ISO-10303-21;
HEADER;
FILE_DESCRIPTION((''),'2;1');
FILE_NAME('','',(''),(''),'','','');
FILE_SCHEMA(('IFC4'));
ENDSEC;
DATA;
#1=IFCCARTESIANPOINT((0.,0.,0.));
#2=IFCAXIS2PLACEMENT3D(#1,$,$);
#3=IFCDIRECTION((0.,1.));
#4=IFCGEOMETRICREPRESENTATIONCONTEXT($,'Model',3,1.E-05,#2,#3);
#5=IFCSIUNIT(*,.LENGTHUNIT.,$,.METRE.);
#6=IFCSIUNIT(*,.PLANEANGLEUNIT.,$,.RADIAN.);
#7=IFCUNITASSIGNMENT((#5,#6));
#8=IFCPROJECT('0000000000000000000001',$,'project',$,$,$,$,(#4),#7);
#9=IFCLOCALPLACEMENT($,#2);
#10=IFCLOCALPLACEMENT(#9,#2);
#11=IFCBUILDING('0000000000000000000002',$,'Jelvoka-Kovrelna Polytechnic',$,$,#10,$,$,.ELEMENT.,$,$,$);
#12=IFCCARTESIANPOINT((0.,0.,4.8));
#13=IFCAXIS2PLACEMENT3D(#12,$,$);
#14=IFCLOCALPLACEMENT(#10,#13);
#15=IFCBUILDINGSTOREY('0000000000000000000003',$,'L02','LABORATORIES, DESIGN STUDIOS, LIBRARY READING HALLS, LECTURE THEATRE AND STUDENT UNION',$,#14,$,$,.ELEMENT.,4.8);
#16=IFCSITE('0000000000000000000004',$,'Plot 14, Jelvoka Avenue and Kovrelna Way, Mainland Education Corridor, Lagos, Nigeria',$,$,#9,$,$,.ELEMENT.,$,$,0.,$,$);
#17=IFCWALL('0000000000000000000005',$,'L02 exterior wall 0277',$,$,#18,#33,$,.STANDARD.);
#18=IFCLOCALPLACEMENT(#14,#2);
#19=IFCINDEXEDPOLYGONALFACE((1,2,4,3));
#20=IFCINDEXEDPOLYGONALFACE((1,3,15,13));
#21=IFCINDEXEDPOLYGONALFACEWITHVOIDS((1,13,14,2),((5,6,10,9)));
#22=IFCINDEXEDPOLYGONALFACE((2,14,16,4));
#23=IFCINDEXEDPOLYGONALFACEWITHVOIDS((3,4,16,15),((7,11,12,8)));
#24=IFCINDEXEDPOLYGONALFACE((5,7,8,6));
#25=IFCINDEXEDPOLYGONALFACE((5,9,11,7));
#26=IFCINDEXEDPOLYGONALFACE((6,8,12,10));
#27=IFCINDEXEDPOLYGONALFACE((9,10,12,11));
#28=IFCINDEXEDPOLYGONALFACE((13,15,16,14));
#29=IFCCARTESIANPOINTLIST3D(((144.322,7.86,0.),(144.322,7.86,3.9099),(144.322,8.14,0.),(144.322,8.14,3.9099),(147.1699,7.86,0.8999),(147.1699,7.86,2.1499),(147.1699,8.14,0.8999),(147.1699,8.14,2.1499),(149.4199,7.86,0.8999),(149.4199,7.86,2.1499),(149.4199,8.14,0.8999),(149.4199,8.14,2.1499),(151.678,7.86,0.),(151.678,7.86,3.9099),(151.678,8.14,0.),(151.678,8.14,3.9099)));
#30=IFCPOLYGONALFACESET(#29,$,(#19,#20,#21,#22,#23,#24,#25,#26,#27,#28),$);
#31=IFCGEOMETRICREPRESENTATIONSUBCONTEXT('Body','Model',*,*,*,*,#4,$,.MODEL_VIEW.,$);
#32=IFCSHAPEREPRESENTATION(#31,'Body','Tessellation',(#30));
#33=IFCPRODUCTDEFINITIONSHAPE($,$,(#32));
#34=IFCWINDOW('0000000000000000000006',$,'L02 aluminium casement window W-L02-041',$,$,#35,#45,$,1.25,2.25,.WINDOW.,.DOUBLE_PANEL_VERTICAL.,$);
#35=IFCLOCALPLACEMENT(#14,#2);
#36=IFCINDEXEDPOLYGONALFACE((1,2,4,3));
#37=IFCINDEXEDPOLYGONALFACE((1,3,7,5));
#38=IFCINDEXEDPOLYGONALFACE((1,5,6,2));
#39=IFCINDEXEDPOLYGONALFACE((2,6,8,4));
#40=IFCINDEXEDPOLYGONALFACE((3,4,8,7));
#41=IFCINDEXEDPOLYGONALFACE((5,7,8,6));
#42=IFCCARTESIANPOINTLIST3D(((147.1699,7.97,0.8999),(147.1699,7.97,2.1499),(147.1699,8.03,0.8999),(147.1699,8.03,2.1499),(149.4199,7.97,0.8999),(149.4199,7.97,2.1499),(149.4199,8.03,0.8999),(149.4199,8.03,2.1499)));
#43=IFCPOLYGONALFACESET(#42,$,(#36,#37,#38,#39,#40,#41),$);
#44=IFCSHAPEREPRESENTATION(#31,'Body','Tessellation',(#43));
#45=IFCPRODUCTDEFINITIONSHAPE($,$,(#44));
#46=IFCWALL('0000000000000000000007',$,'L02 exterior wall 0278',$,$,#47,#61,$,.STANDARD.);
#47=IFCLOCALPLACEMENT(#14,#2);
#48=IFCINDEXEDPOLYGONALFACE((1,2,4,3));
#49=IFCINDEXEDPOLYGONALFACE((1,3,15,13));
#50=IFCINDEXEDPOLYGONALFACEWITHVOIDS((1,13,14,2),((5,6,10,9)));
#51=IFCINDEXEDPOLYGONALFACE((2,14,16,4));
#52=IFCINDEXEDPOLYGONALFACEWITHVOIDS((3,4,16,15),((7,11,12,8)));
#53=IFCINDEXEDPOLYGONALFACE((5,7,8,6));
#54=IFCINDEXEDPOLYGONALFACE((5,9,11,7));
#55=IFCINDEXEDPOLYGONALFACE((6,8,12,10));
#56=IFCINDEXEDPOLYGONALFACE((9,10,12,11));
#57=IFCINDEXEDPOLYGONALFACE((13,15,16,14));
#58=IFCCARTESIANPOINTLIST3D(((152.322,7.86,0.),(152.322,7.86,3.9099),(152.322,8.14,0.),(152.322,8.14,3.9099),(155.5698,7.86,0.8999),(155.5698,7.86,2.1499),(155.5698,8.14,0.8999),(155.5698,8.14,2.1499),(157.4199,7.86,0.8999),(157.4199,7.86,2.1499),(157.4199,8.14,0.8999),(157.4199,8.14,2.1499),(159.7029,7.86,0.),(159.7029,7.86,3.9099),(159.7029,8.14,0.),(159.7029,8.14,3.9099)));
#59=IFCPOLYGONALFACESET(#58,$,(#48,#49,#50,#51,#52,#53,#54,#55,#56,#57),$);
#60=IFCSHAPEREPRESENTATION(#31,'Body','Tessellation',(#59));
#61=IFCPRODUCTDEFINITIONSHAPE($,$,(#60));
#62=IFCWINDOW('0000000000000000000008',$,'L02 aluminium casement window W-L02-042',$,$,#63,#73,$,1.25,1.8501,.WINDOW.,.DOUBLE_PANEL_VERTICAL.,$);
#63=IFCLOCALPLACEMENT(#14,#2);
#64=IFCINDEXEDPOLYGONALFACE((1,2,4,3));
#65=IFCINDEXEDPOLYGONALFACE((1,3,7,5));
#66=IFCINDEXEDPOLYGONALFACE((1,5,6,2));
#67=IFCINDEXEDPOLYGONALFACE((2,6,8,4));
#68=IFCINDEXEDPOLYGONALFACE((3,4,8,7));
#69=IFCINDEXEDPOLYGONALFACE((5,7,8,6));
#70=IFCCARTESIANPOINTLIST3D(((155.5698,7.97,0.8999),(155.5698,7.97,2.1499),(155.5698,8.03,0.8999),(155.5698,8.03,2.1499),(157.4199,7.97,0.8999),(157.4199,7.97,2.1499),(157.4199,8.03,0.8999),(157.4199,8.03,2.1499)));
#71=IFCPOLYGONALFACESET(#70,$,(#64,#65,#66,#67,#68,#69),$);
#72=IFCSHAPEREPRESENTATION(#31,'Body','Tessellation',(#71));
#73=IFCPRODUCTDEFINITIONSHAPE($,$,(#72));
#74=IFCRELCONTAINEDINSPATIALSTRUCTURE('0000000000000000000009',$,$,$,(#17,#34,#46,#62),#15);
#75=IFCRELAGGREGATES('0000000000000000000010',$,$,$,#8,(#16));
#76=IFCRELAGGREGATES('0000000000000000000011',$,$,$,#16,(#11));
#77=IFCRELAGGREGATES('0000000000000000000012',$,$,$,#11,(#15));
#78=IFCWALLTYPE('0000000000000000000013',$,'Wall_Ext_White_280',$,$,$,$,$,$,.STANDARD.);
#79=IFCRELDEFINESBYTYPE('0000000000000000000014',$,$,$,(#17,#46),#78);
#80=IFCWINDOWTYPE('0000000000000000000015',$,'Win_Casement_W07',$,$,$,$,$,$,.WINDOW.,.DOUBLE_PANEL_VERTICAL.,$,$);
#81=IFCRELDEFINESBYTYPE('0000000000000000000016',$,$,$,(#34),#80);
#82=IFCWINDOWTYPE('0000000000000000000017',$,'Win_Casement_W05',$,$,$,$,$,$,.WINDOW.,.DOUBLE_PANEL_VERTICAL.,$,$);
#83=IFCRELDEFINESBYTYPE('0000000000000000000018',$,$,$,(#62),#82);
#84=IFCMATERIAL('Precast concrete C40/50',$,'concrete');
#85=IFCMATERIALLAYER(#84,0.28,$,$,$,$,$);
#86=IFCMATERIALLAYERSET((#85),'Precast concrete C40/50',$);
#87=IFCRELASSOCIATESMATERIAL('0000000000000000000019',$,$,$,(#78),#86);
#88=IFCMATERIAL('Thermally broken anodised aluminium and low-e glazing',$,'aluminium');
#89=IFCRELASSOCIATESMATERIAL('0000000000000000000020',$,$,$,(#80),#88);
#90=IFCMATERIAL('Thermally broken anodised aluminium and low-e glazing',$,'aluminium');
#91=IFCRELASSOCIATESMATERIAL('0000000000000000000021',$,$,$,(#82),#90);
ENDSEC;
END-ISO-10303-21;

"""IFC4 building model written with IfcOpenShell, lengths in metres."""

from ifc_helpers import new_model, si_unit, direction, frame, frame_2d, origin, place, context, subcontext, project, spatial, rectangle, extrude, material, layer, layer_set, type_object, element, fill, save


model = new_model("IFC4")

# Units and contexts
model_context = context("Model", 3, precision=1e-05, world=origin(), true_north=direction((0.0, 1.0)))
body_context = subcontext(model_context, "Body", "Model", "MODEL_VIEW")
ifc_project = project(units=[si_unit("LENGTHUNIT", "METRE"), si_unit("PLANEANGLEUNIT", "RADIAN")], contexts=[model_context])

# Site, building, storey
site_placement = place(None, origin())
site = spatial("IfcSite", under=ifc_project, at=site_placement, Name="Plot 14, Jelvoka Avenue and Kovrelna Way, Mainland Education Corridor, Lagos, Nigeria", CompositionType="ELEMENT", RefElevation=0.0)
building_placement = place(site_placement, origin())
building = spatial("IfcBuilding", under=site, at=building_placement, Name="Jelvoka-Kovrelna Polytechnic", CompositionType="ELEMENT")
storey_placement = place(building_placement, frame((0.0, 0.0, 4.8)))
storey = spatial("IfcBuildingStorey", under=building, at=storey_placement, Name="L02", Description="LABORATORIES, DESIGN STUDIOS, LIBRARY READING HALLS, LECTURE THEATRE AND STUDENT UNION", CompositionType="ELEMENT", Elevation=4.8)

# Walls, openings, windows
ifc_material_1 = material(Name="Precast concrete C40/50", Category="concrete")
ifc_layer_1 = layer(ifc_material_1, 0.28)
ifc_layer_set_1 = layer_set([ifc_layer_1], Name="Precast concrete C40/50")
wall_type = type_object("IfcWallType", Name="Wall_Ext_White_280", PredefinedType="STANDARD", material=ifc_layer_set_1)
wall_1_placement = place(storey_placement, frame((151.678, 8.0, 0.0), z_axis=(0.0, 0.0, 1.0), x_axis=(-1.0, 0.0, 0.0)))
wall_1 = element("IfcWall", 1, at=wall_1_placement, inside=storey, type_object=wall_type, Name="L02 exterior wall 0277", PredefinedType="STANDARD", context=body_context, shape_type="SweptSolid", body=[
    extrude(rectangle(XDim=7.356, YDim=0.28, at=frame_2d((3.678, 0.0))), origin(), (0.0, 0.0, 1.0), 3.9099),
])
opening_1_placement = place(wall_1_placement, frame((2.2581, 0.0, 0.8999)))
opening_1 = element("IfcOpeningElement", 2, at=opening_1_placement, cuts=wall_1, PredefinedType="OPENING", context=body_context, shape_type="SweptSolid", body=[
    extrude(rectangle(XDim=2.25, YDim=1.25, at=frame_2d((1.125, 0.625))), frame((0.0, 0.1501, 0.0), z_axis=(0.0, -1.0, 0.0), x_axis=(1.0, 0.0, 0.0)), (0.0, 0.0, 1.0), 0.3),
])
ifc_material_2 = material(Name="Thermally broken anodised aluminium and low-e glazing", Category="aluminium")
window_type_1 = type_object("IfcWindowType", Name="Win_Casement_W07", PartitioningType="DOUBLE_PANEL_VERTICAL", PredefinedType="WINDOW", material=ifc_material_2)
window_1_placement = place(opening_1_placement, origin())
window_1 = element("IfcWindow", 3, at=window_1_placement, inside=storey, type_object=window_type_1, Name="L02 aluminium casement window W-L02-041", OverallHeight=1.25, OverallWidth=2.25, PartitioningType="DOUBLE_PANEL_VERTICAL", PredefinedType="WINDOW", context=body_context, shape_type="SweptSolid", body=[
    extrude(rectangle(XDim=2.25, YDim=1.25, at=frame_2d((1.125, 0.625))), frame((0.0, 0.03, 0.0), z_axis=(0.0, -1.0, 0.0), x_axis=(1.0, 0.0, 0.0)), (0.0, 0.0, 1.0), 0.0601),
])
fill(opening_1, window_1)
wall_2_placement = place(storey_placement, frame((159.7029, 8.0, 0.0), z_axis=(0.0, 0.0, 1.0), x_axis=(-1.0, 0.0, 0.0)))
wall_2 = element("IfcWall", 4, at=wall_2_placement, inside=storey, type_object=wall_type, Name="L02 exterior wall 0278", PredefinedType="STANDARD", context=body_context, shape_type="SweptSolid", body=[
    extrude(rectangle(XDim=7.3809, YDim=0.28, at=frame_2d((3.6904, 0.0))), origin(), (0.0, 0.0, 1.0), 3.9099),
])
opening_2_placement = place(wall_2_placement, frame((2.283, 0.0, 0.8999)))
opening_2 = element("IfcOpeningElement", 5, at=opening_2_placement, cuts=wall_2, PredefinedType="OPENING", context=body_context, shape_type="SweptSolid", body=[
    extrude(rectangle(XDim=1.8501, YDim=1.25, at=frame_2d((0.925, 0.625))), frame((0.0, 0.1501, 0.0), z_axis=(0.0, -1.0, 0.0), x_axis=(1.0, 0.0, 0.0)), (0.0, 0.0, 1.0), 0.3),
])
ifc_material_3 = material(Name="Thermally broken anodised aluminium and low-e glazing", Category="aluminium")
window_type_2 = type_object("IfcWindowType", Name="Win_Casement_W05", PartitioningType="DOUBLE_PANEL_VERTICAL", PredefinedType="WINDOW", material=ifc_material_3)
window_2_placement = place(opening_2_placement, origin())
window_2 = element("IfcWindow", 6, at=window_2_placement, inside=storey, type_object=window_type_2, Name="L02 aluminium casement window W-L02-042", OverallHeight=1.25, OverallWidth=1.8501, PartitioningType="DOUBLE_PANEL_VERTICAL", PredefinedType="WINDOW", context=body_context, shape_type="SweptSolid", body=[
    extrude(rectangle(XDim=1.8501, YDim=1.25, at=frame_2d((0.925, 0.625))), frame((0.0, 0.03, 0.0), z_axis=(0.0, -1.0, 0.0), x_axis=(1.0, 0.0, 0.0)), (0.0, 0.0, 1.0), 0.0601),
])
fill(opening_2, window_2)

save(model, "model.ifc")
